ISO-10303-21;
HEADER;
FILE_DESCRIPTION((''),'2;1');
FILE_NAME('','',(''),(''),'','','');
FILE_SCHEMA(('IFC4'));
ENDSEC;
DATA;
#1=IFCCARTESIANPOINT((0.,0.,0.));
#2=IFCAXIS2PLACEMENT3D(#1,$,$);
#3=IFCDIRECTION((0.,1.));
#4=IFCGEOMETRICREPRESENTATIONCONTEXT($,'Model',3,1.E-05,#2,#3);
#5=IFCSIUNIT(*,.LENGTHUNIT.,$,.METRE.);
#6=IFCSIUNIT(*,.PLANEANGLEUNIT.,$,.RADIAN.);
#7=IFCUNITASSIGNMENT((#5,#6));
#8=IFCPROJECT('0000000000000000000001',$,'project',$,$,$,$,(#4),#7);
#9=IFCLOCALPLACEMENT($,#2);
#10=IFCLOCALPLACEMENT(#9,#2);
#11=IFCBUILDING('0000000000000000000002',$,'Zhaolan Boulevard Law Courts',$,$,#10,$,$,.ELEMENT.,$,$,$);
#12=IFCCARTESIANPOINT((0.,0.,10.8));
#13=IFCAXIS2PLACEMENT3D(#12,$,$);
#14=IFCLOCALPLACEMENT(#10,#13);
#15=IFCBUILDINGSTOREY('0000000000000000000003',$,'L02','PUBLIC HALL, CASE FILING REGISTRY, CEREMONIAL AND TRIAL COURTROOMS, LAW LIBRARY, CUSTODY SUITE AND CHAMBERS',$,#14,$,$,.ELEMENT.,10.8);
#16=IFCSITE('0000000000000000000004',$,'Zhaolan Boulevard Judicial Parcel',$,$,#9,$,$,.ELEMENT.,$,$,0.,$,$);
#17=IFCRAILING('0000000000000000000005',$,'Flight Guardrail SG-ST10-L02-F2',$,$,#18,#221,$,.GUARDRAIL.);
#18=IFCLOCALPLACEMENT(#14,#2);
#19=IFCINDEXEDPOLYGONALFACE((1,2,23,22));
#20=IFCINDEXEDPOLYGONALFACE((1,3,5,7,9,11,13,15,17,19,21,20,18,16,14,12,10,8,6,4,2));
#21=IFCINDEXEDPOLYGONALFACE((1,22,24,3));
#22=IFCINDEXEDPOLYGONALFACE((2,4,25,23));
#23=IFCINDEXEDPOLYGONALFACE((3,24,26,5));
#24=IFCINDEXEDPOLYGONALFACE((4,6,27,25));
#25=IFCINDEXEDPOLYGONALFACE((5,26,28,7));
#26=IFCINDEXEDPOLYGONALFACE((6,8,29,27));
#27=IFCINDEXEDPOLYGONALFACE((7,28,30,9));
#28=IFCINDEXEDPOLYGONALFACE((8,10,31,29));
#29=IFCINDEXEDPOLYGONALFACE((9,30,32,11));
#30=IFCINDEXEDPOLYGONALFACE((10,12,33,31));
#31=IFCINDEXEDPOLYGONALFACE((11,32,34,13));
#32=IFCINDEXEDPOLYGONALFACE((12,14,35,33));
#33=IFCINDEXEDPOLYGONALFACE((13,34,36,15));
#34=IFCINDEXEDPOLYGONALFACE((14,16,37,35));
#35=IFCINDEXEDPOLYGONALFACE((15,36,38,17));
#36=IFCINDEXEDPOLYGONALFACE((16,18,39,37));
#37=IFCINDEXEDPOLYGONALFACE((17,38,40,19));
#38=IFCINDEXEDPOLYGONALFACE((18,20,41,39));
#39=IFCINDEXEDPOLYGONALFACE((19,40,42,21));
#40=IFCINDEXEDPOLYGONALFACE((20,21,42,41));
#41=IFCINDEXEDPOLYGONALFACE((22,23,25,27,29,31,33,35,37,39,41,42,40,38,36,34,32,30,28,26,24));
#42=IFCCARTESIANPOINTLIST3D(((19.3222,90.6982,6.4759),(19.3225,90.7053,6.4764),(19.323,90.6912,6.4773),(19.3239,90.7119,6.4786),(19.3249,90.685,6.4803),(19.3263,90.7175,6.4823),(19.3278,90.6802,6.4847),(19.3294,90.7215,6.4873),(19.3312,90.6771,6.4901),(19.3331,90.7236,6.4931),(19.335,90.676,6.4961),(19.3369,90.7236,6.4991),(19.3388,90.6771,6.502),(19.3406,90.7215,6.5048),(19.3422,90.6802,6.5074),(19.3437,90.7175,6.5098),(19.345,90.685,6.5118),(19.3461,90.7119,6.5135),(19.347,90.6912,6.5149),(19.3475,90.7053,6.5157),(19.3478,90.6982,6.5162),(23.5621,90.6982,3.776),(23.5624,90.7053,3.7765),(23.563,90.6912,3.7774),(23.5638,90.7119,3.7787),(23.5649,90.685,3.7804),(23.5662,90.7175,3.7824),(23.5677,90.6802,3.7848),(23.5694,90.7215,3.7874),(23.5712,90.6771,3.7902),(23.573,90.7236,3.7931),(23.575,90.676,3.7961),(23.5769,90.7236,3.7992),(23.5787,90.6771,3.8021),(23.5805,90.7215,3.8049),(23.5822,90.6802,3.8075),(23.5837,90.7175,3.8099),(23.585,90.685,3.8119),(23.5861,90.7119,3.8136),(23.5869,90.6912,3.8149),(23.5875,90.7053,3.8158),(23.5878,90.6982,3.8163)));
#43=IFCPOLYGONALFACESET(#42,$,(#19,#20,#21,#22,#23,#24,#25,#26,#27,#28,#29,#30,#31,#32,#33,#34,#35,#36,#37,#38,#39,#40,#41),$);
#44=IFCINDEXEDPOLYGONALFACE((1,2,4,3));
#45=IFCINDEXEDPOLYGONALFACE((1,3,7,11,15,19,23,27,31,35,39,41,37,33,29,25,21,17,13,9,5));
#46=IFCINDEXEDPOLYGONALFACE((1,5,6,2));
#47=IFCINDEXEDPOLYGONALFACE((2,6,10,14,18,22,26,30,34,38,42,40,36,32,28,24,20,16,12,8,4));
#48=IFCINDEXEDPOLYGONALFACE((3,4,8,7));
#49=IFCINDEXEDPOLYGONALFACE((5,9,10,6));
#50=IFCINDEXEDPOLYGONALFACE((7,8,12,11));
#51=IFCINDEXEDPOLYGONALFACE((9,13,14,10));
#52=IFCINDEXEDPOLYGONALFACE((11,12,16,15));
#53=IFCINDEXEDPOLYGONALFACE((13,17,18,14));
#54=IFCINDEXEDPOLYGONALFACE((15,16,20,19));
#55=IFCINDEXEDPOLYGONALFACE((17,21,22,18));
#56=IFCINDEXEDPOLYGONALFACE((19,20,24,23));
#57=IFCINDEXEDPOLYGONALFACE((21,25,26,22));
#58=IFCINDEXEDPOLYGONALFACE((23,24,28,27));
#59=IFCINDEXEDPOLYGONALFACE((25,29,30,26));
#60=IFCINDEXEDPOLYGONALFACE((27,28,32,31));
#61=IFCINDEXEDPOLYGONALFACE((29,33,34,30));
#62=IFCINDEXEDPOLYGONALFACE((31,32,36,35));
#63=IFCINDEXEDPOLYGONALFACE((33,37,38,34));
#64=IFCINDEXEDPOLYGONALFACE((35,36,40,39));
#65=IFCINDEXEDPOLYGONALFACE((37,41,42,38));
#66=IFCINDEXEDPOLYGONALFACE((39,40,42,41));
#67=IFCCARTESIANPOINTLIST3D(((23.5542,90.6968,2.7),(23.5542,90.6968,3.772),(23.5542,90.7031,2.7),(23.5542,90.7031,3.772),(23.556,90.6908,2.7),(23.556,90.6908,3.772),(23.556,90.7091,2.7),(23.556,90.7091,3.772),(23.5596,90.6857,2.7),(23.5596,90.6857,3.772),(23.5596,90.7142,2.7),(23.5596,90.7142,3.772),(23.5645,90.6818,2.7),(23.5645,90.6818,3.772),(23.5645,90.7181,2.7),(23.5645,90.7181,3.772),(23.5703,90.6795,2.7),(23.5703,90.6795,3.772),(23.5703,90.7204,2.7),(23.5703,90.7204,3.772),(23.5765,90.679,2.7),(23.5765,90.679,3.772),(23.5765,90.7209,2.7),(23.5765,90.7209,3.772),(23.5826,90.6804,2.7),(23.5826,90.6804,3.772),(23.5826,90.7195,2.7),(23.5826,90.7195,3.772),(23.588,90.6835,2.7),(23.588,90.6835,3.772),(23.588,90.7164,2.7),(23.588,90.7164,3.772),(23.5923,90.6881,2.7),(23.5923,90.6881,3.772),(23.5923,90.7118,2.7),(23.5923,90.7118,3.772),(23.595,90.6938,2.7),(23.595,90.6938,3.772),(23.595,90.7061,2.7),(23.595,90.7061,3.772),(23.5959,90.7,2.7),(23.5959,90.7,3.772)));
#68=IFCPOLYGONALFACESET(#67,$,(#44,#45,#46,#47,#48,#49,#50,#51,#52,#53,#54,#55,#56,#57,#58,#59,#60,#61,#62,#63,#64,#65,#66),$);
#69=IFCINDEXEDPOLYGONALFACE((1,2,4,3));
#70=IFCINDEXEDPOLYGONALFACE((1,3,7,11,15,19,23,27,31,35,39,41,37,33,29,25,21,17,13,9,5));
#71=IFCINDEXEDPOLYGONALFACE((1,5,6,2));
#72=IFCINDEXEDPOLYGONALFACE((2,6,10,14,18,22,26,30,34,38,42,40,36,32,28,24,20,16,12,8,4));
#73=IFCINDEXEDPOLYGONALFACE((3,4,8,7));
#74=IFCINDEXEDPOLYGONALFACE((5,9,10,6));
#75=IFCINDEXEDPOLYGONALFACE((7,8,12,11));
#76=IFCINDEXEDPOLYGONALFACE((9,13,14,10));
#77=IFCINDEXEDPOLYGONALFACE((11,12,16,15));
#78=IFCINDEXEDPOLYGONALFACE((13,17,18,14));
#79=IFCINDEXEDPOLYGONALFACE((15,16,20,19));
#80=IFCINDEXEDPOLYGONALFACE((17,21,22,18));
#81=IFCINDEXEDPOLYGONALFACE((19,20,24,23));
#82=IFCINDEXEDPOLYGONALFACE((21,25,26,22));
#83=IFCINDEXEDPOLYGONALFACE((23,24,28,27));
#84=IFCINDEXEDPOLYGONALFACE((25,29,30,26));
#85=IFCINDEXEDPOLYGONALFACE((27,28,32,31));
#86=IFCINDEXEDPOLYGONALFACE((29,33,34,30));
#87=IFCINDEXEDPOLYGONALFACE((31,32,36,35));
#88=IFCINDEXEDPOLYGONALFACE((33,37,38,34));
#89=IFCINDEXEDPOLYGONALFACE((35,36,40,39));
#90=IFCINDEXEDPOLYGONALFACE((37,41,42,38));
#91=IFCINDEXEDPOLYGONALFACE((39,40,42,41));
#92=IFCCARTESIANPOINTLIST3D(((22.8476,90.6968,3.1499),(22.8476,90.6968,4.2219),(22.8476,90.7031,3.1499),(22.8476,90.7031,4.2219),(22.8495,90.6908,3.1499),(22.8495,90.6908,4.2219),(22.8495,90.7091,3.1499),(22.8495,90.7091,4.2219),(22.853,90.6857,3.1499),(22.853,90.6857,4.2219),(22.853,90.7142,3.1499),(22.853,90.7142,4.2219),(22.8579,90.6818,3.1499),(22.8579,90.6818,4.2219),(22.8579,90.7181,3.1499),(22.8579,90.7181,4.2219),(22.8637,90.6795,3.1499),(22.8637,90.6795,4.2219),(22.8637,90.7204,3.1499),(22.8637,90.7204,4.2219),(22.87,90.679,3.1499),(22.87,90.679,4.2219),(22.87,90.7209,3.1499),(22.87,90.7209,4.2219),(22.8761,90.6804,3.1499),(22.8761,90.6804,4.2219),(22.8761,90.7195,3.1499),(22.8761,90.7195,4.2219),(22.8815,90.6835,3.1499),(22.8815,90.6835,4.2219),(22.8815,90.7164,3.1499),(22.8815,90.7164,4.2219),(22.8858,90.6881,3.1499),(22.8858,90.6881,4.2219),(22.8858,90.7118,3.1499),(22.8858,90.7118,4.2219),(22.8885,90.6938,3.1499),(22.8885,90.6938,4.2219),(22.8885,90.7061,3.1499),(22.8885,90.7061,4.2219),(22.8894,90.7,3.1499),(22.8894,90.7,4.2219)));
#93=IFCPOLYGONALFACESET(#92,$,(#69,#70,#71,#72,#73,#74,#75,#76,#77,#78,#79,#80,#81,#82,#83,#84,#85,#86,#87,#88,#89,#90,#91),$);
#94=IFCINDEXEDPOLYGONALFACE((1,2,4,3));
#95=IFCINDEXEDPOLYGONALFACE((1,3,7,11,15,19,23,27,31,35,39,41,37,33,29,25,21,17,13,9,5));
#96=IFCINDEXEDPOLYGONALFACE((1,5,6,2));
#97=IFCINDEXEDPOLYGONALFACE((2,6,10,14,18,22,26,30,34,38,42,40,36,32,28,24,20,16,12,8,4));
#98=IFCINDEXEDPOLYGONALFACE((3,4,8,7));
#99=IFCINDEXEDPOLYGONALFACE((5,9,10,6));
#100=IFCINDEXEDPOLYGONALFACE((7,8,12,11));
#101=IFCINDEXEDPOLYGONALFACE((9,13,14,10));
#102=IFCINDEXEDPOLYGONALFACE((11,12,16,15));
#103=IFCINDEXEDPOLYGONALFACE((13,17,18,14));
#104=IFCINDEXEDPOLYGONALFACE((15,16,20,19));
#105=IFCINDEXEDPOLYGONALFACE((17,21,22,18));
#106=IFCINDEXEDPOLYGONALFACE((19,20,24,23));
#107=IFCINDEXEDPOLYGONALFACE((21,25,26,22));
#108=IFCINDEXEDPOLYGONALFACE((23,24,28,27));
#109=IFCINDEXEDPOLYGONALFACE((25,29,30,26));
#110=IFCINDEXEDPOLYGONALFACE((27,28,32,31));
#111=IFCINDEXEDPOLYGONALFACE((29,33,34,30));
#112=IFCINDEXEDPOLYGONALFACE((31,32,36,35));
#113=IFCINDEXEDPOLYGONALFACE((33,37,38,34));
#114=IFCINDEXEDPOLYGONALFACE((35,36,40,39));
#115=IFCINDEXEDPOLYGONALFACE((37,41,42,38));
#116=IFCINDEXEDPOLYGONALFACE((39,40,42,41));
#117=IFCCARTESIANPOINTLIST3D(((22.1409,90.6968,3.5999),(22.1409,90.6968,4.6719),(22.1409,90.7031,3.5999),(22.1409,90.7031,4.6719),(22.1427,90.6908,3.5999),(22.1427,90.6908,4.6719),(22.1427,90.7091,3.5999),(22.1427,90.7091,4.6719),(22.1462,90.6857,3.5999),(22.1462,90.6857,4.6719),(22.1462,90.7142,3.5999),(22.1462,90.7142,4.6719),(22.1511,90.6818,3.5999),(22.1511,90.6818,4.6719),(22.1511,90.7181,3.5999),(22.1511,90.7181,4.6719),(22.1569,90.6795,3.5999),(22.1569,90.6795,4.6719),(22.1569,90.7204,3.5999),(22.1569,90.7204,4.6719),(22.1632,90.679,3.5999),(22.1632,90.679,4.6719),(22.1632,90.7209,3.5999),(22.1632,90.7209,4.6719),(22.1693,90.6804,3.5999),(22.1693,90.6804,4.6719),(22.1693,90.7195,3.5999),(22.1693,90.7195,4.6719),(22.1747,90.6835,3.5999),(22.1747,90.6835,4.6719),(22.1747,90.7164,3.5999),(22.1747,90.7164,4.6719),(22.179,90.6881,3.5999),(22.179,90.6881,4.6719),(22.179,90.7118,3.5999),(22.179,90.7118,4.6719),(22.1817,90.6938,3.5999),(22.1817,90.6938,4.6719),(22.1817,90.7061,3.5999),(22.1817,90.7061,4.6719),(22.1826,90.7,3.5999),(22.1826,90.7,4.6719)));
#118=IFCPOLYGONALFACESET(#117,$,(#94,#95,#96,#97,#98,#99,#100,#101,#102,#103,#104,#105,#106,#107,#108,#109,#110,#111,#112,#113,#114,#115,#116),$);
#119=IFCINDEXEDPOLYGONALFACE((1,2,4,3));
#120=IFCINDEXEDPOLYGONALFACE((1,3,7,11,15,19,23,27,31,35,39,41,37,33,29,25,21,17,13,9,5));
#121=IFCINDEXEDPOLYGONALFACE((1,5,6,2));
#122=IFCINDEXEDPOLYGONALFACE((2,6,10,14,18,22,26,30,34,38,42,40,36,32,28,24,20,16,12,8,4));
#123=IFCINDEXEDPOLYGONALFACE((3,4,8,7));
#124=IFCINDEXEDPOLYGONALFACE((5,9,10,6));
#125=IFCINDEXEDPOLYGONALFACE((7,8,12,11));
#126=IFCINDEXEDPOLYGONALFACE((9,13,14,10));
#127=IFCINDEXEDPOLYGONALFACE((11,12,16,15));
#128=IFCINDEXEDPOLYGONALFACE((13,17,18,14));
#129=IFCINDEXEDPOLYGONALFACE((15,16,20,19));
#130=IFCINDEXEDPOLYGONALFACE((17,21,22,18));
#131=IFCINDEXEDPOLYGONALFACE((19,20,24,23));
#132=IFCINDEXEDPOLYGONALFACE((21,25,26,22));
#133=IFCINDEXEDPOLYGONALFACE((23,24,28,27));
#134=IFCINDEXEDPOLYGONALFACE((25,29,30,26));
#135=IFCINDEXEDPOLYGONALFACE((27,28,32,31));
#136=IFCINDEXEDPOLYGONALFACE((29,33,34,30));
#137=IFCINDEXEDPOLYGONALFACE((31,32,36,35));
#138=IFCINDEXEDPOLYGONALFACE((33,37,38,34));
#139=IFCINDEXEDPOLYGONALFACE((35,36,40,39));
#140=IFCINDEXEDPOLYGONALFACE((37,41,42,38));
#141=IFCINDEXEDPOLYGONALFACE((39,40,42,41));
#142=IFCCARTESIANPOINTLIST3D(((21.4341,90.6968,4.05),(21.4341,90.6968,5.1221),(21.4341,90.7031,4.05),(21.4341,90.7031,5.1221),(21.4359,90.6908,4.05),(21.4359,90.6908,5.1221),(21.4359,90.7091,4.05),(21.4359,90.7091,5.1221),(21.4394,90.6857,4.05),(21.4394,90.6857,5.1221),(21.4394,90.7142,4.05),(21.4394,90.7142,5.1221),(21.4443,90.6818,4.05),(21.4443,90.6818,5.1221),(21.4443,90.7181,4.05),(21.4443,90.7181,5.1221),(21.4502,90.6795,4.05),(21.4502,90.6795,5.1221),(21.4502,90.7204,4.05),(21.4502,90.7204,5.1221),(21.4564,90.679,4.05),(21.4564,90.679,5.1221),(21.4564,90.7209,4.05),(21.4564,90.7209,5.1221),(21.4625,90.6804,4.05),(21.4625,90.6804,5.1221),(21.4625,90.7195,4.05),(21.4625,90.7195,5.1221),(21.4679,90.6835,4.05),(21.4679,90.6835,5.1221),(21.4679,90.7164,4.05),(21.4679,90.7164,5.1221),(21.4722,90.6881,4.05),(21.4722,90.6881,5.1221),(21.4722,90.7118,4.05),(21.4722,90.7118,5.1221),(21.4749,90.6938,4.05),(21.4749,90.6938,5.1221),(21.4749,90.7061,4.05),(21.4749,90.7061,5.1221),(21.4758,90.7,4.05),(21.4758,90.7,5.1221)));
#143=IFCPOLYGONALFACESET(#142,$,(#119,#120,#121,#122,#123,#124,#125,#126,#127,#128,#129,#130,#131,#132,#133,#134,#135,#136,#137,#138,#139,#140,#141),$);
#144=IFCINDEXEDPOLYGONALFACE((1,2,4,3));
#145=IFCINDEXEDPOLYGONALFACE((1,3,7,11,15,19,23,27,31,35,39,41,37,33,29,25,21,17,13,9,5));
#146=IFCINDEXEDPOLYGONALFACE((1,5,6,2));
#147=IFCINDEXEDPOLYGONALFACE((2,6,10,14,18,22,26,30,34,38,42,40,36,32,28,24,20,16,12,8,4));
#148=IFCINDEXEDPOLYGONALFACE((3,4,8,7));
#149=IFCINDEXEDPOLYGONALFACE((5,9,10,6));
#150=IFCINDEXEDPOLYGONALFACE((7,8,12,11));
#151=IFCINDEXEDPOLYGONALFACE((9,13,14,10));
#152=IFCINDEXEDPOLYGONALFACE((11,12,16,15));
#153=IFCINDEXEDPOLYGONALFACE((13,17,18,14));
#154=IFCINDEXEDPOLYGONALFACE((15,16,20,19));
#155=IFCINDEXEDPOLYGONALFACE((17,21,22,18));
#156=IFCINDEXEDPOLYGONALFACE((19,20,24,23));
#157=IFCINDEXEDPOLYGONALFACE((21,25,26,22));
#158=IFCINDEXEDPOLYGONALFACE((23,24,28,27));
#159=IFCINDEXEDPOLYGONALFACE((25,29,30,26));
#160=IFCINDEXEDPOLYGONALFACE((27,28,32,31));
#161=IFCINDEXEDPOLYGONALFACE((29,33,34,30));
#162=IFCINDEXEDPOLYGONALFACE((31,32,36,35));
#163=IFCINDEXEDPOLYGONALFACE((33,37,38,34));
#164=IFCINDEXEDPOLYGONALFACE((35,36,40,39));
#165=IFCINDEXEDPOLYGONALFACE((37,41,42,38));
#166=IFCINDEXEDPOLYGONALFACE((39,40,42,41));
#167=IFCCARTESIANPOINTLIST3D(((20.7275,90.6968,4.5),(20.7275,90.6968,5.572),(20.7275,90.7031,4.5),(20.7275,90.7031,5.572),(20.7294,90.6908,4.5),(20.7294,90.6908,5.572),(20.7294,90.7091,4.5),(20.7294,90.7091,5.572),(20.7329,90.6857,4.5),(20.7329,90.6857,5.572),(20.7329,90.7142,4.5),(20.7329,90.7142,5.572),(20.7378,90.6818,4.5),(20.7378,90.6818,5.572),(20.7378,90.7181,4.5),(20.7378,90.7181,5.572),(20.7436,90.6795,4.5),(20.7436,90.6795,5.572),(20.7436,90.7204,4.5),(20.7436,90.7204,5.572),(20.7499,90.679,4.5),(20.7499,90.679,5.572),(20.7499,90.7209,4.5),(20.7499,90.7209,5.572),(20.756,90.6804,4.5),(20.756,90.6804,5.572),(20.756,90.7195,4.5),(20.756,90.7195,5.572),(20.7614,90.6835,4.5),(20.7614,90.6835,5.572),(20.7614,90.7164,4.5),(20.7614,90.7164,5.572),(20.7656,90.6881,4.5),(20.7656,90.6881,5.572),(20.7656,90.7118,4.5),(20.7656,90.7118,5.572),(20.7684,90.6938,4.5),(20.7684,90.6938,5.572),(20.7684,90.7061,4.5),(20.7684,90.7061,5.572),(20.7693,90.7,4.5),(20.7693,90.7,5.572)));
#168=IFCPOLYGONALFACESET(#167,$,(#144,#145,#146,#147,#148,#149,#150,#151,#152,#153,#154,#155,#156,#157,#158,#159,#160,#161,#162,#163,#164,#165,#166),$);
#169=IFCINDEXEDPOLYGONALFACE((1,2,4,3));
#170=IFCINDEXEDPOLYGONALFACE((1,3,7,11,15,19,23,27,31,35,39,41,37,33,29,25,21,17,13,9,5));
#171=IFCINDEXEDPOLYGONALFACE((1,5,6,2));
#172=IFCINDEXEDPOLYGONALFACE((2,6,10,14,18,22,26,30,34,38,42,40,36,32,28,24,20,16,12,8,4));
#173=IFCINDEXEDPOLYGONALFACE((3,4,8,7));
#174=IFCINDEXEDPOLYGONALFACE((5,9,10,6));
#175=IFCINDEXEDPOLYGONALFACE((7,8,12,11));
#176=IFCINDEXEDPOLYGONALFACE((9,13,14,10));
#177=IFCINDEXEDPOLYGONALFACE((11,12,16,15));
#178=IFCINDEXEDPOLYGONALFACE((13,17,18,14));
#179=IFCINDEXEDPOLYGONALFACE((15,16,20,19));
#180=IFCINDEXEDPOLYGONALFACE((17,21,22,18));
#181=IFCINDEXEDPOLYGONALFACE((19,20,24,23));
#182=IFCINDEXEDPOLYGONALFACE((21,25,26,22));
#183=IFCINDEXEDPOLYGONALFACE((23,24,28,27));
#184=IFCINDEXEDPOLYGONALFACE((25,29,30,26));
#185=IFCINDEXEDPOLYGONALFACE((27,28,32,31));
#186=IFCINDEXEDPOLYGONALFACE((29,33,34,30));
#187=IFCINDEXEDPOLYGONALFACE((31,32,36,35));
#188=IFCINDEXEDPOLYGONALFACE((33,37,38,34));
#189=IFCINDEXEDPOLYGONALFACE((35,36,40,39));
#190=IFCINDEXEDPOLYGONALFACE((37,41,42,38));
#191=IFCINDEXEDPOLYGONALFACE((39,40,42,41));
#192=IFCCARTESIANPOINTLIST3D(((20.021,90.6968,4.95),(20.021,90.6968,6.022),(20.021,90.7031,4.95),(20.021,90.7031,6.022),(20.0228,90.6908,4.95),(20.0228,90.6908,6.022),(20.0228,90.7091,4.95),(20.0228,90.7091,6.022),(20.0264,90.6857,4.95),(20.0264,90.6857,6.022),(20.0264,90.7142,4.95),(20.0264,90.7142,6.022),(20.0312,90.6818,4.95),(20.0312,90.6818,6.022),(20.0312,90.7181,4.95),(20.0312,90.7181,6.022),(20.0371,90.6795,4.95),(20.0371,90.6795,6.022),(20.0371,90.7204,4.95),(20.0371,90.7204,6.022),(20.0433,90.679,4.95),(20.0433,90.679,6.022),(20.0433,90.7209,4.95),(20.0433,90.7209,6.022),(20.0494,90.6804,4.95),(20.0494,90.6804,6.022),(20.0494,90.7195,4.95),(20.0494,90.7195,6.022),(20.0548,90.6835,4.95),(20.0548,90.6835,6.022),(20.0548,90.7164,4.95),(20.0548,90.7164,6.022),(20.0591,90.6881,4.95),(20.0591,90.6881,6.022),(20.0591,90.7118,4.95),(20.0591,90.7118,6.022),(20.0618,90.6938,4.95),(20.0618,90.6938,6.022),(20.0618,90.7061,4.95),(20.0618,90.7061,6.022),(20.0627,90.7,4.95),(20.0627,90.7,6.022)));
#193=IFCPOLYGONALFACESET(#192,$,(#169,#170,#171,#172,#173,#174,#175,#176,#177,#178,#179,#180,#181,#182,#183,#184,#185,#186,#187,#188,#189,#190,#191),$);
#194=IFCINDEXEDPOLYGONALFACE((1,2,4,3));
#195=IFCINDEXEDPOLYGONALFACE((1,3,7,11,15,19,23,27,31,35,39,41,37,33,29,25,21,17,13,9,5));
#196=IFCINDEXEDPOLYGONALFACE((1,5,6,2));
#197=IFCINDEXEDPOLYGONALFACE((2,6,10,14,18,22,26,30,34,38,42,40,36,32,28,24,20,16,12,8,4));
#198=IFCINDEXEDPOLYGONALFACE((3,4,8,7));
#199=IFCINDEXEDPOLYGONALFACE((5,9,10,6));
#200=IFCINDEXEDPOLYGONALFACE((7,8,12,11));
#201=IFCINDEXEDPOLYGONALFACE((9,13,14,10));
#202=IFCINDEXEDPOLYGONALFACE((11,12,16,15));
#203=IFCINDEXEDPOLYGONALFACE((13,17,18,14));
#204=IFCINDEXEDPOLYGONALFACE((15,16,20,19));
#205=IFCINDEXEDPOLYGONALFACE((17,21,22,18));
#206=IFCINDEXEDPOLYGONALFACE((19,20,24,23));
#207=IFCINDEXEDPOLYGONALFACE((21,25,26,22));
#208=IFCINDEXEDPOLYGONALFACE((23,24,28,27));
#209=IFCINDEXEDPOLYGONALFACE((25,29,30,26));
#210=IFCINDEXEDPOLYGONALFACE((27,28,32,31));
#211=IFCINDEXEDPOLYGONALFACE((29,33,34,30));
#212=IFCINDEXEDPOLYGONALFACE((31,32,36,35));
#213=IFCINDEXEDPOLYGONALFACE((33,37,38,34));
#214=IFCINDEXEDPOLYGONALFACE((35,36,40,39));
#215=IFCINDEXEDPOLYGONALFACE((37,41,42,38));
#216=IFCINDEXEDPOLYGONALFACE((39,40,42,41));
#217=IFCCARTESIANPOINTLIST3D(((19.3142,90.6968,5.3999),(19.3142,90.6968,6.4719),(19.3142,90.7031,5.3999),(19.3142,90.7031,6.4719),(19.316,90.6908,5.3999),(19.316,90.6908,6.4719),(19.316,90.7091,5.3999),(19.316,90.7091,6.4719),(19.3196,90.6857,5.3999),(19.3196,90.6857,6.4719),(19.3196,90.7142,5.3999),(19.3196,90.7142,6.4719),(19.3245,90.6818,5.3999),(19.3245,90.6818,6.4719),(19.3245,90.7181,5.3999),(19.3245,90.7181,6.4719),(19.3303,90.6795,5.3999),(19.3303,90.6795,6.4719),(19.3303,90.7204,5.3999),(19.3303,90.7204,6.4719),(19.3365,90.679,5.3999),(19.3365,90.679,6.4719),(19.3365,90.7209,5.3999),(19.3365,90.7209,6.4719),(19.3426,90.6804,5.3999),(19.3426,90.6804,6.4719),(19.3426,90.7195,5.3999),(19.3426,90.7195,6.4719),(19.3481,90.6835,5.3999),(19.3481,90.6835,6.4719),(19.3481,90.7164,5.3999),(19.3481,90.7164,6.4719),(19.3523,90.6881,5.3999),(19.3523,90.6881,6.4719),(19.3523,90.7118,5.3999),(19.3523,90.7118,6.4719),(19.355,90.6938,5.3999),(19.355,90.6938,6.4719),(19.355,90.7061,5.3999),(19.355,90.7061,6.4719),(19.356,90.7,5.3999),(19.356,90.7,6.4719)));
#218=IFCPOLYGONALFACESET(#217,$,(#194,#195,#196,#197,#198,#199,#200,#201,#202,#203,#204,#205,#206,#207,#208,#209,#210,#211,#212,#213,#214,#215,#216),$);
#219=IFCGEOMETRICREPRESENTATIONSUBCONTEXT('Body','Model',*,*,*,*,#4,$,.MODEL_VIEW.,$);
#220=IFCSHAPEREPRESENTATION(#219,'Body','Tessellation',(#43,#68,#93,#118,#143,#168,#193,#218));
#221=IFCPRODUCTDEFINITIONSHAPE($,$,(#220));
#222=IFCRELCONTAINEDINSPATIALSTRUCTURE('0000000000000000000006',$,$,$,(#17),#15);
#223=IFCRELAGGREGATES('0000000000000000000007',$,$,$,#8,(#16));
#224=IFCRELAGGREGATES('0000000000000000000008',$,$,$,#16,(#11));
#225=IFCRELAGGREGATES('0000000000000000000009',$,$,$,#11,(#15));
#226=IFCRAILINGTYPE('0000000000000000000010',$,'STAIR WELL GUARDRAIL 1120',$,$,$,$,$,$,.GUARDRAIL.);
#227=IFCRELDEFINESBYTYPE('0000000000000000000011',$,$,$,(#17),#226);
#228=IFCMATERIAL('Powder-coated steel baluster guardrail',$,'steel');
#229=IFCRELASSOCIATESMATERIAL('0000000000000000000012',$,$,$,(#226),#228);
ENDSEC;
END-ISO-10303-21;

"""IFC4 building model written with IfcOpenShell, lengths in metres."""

from ifc_helpers import new_model, si_unit, direction, frame, origin, origin_2d, place, context, subcontext, project, spatial, circle, extrude, material, type_object, element, save


model = new_model("IFC4")

# Units and contexts
model_context = context("Model", 3, precision=1e-05, world=origin(), true_north=direction((0.0, 1.0)))
body_context = subcontext(model_context, "Body", "Model", "MODEL_VIEW")
ifc_project = project(units=[si_unit("LENGTHUNIT", "METRE"), si_unit("PLANEANGLEUNIT", "RADIAN")], contexts=[model_context])

# Site, building, storey
site_placement = place(None, origin())
site = spatial("IfcSite", under=ifc_project, at=site_placement, Name="Zhaolan Boulevard Judicial Parcel", CompositionType="ELEMENT", RefElevation=0.0)
building_placement = place(site_placement, origin())
building = spatial("IfcBuilding", under=site, at=building_placement, Name="Zhaolan Boulevard Law Courts", CompositionType="ELEMENT")
storey_placement = place(building_placement, frame((0.0, 0.0, 10.8)))
storey = spatial("IfcBuildingStorey", under=building, at=storey_placement, Name="L02", Description="PUBLIC HALL, CASE FILING REGISTRY, CEREMONIAL AND TRIAL COURTROOMS, LAW LIBRARY, CUSTODY SUITE AND CHAMBERS", CompositionType="ELEMENT", Elevation=10.8)

# Railing
ifc_material_1 = material(Name="Powder-coated steel baluster guardrail", Category="steel")
railing_type_1 = type_object("IfcRailingType", Name="STAIR WELL GUARDRAIL 1120", PredefinedType="GUARDRAIL", material=ifc_material_1)
railing_1_placement = place(storey_placement, frame((23.575, 90.7, 2.7)))
element("IfcRailing", 1, at=railing_1_placement, inside=storey, type_object=railing_type_1, Name="Flight Guardrail SG-ST10-L02-F2", PredefinedType="GUARDRAIL", context=body_context, shape_type="SweptSolid", body=[
    extrude(circle(Radius=0.0239, at=origin_2d()), frame((0.0, 0.0, 1.0962), z_axis=(-0.843501, 0.0, 0.537127), x_axis=(0.0, -1.0, 0.0)), (0.0, 0.0, 1.0), 5.0266),
    extrude(circle(Radius=0.021, at=origin_2d()), origin(), (0.0, 0.0, 1.0), 1.072),
    extrude(circle(Radius=0.021, at=origin_2d()), frame((-0.7065, 0.0, 0.45)), (0.0, 0.0, 1.0), 1.072),
    extrude(circle(Radius=0.021, at=origin_2d()), frame((-1.4133, 0.0, 0.8999)), (0.0, 0.0, 1.0), 1.072),
    extrude(circle(Radius=0.021, at=origin_2d()), frame((-2.1201, 0.0, 1.3501)), (0.0, 0.0, 1.0), 1.072),
    extrude(circle(Radius=0.021, at=origin_2d()), frame((-2.8267, 0.0, 1.8)), (0.0, 0.0, 1.0), 1.072),
    extrude(circle(Radius=0.021, at=origin_2d()), frame((-3.5332, 0.0, 2.25)), (0.0, 0.0, 1.0), 1.072),
    extrude(circle(Radius=0.021, at=origin_2d()), frame((-4.24, 0.0, 2.7)), (0.0, 0.0, 1.0), 1.072),
])

save(model, "model.ifc")
